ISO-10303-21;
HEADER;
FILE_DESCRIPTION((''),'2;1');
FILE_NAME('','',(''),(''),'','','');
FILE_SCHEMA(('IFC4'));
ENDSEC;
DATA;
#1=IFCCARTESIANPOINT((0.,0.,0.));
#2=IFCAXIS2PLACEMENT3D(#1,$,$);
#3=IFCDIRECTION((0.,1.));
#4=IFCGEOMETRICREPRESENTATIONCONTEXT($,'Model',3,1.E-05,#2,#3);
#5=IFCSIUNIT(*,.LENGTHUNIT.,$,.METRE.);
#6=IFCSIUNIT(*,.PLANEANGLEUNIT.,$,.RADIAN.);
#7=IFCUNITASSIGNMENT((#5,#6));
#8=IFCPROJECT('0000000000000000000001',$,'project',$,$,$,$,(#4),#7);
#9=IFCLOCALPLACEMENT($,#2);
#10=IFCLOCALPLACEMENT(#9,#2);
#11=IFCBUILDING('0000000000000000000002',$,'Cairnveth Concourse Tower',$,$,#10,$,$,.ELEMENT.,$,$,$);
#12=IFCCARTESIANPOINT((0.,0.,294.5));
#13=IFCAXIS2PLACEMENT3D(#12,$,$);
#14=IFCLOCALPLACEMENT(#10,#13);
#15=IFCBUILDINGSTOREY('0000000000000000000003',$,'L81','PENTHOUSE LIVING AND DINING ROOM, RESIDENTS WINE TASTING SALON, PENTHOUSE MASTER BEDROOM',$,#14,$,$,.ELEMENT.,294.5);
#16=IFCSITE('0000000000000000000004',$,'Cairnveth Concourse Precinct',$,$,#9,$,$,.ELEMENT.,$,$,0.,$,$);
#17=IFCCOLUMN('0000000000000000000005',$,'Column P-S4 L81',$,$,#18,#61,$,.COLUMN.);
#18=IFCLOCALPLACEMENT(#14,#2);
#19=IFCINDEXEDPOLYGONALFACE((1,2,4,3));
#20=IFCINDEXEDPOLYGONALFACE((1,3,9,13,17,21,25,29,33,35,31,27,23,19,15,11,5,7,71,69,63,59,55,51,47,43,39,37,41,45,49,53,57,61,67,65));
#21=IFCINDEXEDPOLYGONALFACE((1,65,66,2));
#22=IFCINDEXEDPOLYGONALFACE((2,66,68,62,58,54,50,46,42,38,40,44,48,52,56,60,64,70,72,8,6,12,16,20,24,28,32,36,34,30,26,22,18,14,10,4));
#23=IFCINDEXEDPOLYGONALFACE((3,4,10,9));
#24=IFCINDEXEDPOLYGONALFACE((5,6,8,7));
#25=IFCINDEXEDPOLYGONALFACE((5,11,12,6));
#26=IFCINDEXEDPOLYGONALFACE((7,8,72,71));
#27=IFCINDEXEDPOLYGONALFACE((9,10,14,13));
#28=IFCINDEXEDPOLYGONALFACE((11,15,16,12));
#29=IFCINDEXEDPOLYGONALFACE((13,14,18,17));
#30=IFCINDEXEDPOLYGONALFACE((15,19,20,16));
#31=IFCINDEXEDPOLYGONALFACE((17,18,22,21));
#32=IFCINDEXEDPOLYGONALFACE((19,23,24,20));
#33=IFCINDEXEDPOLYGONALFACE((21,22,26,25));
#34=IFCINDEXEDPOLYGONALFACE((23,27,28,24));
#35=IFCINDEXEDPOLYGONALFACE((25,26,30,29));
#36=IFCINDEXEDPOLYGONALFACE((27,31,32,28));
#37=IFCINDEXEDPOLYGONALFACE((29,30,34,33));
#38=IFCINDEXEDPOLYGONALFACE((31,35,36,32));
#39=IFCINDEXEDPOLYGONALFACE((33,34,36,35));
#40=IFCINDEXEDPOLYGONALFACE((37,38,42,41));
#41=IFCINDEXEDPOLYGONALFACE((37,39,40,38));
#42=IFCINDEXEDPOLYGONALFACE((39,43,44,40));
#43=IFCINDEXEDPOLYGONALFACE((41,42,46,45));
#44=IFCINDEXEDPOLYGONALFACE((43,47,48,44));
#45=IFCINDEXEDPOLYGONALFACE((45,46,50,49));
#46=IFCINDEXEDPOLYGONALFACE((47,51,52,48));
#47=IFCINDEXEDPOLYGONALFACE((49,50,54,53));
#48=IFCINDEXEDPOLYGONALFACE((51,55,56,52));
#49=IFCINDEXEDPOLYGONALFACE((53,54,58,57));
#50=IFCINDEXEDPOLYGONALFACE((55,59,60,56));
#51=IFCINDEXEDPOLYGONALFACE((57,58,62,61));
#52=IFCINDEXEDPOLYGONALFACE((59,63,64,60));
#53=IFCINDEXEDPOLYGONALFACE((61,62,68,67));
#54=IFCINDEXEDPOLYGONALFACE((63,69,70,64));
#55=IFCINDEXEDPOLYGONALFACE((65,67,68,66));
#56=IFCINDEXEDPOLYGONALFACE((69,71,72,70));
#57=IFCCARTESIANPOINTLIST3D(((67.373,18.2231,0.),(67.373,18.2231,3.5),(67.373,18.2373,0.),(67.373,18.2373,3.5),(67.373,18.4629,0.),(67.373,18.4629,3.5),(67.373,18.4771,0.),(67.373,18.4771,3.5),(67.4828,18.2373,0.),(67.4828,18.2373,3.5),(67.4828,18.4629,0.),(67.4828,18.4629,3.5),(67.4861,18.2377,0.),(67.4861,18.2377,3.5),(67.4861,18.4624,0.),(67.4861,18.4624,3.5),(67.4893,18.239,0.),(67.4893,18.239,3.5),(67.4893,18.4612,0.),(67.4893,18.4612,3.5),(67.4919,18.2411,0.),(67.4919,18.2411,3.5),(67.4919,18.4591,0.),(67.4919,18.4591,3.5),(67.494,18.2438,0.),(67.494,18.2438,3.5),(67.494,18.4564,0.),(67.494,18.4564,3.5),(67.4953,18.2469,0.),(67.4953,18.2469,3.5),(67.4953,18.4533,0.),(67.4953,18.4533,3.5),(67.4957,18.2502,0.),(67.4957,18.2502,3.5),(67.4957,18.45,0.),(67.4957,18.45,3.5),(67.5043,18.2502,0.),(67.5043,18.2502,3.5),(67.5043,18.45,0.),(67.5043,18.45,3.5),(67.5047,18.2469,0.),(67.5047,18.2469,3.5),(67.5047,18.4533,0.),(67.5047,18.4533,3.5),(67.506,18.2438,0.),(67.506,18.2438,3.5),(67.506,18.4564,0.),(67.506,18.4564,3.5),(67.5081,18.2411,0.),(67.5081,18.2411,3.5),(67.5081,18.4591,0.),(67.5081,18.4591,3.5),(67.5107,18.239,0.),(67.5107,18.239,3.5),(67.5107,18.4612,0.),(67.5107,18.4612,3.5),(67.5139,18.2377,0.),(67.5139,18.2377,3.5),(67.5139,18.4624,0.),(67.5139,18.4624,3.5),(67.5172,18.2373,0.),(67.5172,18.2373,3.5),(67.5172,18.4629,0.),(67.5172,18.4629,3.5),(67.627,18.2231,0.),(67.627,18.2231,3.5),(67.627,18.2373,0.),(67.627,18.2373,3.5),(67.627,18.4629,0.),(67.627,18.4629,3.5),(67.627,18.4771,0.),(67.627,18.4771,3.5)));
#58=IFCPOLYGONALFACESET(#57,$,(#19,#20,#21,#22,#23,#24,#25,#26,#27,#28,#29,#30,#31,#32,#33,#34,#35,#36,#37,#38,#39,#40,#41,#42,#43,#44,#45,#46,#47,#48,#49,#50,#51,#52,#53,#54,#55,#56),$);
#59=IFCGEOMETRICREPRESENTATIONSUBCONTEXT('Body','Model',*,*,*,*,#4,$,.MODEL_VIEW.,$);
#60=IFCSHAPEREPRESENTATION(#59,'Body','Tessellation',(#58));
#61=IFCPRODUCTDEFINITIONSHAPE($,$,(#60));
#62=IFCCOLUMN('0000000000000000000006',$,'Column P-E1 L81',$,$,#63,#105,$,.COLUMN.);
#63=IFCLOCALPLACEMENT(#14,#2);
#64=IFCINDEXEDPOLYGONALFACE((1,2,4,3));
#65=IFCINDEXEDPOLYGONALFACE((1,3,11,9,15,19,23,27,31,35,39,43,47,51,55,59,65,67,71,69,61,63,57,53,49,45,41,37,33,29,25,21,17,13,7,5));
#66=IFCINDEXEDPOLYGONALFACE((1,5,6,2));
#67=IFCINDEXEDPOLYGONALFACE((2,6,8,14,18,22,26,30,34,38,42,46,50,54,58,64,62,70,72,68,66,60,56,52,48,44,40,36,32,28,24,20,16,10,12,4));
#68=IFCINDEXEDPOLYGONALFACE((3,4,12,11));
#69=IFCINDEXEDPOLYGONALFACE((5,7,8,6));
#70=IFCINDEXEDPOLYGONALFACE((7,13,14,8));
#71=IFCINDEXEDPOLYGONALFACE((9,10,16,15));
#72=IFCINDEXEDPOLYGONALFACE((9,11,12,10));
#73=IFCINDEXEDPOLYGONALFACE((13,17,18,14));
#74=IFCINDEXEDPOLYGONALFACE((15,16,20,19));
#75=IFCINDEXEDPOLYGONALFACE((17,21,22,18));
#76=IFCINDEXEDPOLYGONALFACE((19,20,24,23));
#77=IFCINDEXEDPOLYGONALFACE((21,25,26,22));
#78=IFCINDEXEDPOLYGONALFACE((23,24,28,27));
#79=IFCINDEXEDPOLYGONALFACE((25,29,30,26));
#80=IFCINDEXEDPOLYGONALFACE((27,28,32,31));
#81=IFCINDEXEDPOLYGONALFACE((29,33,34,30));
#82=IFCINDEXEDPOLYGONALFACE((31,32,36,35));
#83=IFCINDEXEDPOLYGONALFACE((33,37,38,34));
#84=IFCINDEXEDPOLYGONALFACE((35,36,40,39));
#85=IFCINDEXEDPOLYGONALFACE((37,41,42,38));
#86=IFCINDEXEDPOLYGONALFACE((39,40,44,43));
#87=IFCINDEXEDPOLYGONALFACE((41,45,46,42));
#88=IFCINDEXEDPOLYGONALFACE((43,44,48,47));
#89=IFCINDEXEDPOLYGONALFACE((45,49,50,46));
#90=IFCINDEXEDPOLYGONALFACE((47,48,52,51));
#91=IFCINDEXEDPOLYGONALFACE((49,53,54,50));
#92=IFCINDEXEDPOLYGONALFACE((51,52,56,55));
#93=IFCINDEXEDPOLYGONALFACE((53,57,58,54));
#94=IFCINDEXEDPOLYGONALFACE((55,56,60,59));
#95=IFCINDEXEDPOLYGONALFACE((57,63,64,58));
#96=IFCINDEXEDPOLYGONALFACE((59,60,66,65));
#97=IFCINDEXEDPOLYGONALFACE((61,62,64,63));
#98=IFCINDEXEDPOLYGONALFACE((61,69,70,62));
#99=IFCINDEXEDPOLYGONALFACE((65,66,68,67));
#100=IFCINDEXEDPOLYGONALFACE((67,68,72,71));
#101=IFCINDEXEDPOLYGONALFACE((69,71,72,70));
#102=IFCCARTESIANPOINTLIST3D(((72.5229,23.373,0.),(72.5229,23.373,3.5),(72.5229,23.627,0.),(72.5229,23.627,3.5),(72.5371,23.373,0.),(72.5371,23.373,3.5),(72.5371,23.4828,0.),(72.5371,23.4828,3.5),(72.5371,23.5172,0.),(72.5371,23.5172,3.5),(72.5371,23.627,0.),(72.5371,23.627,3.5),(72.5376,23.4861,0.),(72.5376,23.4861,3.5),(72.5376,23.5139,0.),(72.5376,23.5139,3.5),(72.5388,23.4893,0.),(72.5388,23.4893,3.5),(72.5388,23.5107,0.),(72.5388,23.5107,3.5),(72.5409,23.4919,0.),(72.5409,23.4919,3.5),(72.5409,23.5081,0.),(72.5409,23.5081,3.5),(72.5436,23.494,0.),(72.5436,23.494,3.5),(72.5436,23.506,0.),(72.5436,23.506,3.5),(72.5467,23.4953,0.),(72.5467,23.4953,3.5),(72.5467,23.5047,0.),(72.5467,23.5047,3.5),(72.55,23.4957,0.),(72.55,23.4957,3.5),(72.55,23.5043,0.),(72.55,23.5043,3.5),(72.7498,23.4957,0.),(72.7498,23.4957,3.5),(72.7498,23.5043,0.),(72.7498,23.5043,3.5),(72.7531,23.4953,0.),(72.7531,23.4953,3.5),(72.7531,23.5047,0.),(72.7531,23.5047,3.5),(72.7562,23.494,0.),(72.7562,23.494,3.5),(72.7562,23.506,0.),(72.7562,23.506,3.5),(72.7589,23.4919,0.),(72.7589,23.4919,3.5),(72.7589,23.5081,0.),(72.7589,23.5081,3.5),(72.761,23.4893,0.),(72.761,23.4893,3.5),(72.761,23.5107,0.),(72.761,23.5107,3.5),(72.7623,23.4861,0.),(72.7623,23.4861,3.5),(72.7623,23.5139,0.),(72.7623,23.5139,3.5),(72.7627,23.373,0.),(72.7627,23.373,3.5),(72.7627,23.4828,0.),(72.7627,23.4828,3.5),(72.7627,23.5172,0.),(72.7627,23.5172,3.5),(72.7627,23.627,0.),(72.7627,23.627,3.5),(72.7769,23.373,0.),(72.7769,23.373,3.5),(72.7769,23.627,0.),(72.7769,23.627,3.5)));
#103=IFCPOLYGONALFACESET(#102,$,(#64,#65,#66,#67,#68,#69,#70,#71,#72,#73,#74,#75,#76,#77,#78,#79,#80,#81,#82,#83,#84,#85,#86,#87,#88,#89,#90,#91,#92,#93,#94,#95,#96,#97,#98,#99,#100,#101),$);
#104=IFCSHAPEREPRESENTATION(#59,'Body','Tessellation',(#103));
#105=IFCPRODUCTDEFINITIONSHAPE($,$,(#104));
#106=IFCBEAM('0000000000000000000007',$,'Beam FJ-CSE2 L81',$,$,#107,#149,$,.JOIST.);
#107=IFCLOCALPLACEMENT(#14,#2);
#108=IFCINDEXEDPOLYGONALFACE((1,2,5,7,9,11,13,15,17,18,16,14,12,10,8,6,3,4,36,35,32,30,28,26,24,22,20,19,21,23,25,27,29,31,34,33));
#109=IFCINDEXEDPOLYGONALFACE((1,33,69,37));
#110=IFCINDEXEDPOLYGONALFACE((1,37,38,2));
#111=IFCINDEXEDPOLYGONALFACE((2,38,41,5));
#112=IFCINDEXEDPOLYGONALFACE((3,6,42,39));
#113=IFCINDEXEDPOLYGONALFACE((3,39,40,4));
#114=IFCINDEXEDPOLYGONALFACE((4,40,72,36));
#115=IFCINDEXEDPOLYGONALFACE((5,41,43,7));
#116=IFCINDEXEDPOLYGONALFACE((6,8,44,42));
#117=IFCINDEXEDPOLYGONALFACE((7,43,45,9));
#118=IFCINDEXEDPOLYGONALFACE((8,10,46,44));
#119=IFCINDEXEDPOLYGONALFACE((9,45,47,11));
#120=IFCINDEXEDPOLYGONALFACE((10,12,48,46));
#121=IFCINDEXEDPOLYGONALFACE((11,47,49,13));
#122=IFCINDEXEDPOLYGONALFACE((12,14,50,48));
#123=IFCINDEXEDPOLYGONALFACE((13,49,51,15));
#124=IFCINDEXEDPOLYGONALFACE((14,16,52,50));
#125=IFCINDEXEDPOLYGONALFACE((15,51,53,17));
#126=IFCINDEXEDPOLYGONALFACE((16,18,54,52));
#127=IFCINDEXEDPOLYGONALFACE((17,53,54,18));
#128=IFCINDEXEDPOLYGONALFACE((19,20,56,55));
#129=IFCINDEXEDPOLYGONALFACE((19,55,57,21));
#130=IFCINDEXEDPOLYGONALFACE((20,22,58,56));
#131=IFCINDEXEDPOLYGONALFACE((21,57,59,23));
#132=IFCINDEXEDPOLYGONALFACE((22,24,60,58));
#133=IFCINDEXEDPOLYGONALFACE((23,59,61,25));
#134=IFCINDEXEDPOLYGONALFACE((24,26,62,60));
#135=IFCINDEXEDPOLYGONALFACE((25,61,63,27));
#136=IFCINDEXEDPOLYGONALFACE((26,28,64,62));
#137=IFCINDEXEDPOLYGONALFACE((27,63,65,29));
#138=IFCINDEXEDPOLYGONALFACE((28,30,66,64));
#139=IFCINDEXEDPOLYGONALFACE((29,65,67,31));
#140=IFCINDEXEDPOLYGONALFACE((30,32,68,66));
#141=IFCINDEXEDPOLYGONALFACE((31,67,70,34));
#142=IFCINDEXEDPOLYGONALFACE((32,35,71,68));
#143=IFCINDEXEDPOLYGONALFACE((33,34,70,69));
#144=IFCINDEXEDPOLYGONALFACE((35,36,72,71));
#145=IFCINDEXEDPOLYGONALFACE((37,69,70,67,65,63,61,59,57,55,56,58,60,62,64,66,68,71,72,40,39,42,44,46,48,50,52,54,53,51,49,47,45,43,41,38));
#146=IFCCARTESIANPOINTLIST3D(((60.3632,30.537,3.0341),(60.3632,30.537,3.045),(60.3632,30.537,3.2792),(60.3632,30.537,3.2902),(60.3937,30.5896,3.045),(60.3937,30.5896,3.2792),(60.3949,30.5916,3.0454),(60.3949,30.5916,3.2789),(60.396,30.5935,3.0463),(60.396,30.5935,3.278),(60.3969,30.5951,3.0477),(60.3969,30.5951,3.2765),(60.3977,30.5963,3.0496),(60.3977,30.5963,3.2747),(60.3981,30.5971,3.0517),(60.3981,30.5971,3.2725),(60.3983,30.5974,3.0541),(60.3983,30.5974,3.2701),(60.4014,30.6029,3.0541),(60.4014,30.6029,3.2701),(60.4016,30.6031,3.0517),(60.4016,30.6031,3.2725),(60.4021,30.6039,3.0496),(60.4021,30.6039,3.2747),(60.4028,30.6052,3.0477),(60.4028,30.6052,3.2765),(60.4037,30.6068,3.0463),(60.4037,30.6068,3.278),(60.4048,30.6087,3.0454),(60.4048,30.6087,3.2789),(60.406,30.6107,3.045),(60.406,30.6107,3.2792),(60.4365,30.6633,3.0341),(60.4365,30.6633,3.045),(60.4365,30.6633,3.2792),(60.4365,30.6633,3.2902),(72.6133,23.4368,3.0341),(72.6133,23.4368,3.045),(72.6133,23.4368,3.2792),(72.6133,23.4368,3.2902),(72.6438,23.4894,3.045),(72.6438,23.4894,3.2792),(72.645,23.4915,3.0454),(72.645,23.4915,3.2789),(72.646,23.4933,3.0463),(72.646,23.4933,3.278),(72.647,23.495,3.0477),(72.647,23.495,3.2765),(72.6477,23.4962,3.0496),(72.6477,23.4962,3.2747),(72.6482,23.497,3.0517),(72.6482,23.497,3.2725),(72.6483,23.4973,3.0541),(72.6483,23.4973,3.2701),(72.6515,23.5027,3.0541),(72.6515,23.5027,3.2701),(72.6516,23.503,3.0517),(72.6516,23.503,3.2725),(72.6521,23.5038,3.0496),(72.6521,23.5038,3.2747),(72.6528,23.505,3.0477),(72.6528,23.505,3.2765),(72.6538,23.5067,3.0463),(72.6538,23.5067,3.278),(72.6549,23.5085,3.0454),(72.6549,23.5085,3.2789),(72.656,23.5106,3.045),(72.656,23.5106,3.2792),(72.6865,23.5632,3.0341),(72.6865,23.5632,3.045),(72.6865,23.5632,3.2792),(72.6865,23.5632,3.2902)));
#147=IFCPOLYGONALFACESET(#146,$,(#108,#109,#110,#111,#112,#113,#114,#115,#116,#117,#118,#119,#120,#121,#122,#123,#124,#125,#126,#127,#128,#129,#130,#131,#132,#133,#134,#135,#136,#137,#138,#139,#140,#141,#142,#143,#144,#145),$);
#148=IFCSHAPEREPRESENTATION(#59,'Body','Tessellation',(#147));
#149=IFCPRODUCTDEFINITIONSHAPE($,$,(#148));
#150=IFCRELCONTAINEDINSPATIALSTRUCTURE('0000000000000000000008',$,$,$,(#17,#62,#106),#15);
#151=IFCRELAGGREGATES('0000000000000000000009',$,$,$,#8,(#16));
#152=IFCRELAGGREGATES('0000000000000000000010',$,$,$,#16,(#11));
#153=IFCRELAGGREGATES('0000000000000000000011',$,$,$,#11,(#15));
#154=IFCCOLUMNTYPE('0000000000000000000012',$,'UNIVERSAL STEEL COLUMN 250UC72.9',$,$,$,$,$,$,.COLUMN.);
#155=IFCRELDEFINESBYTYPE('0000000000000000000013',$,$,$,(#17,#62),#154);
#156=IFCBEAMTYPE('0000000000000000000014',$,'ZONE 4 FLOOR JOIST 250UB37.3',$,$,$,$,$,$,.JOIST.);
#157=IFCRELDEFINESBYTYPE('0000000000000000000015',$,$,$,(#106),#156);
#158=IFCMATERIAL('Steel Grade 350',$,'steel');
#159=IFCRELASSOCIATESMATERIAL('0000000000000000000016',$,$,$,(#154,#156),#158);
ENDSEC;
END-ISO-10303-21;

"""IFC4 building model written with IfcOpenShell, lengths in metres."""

from ifc_helpers import new_model, si_unit, direction, frame, origin, origin_2d, place, context, subcontext, project, spatial, i_section, extrude, material, material_profile, profile_set, type_object, element, save


model = new_model("IFC4")

# Units and contexts
model_context = context("Model", 3, precision=1e-05, world=origin(), true_north=direction((0.0, 1.0)))
body_context = subcontext(model_context, "Body", "Model", "MODEL_VIEW")
ifc_project = project(units=[si_unit("LENGTHUNIT", "METRE"), si_unit("PLANEANGLEUNIT", "RADIAN")], contexts=[model_context])

# Site, building, storey
site_placement = place(None, origin())
site = spatial("IfcSite", under=ifc_project, at=site_placement, Name="Cairnveth Concourse Precinct", CompositionType="ELEMENT", RefElevation=0.0)
building_placement = place(site_placement, origin())
building = spatial("IfcBuilding", under=site, at=building_placement, Name="Cairnveth Concourse Tower", CompositionType="ELEMENT")
storey_placement = place(building_placement, frame((0.0, 0.0, 294.5)))
storey = spatial("IfcBuildingStorey", under=building, at=storey_placement, Name="L81", Description="PENTHOUSE LIVING AND DINING ROOM, RESIDENTS WINE TASTING SALON, PENTHOUSE MASTER BEDROOM", CompositionType="ELEMENT", Elevation=294.5)

# Columns
ifc_material_1 = material(Name="Steel Grade 350", Category="steel")
ifc_material_profile_1 = material_profile(ifc_material_1, i_section(OverallWidth=0.2539, OverallDepth=0.2539, WebThickness=0.0085, FlangeThickness=0.0142, FilletRadius=0.0129, at=origin_2d()), Name="250UC72.9")
ifc_profile_set_1 = profile_set([ifc_material_profile_1], Name="Steel Grade 350")
column_type = type_object("IfcColumnType", Name="UNIVERSAL STEEL COLUMN 250UC72.9", PredefinedType="COLUMN", material=ifc_profile_set_1)
for number, where, z_axis, x_axis, name in (
    (1, (67.5, 18.3501, 0.0), (0.0, 0.0, 1.0), (1.0, 0.0, 0.0), "Column P-S4 L81"),
    (2, (72.6499, 23.5, 0.0), (0.0, 0.0, 1.0), (0.0, 1.0, 0.0), "Column P-E1 L81"),
):
    element("IfcColumn", number, at=place(storey_placement, frame(where, z_axis=z_axis, x_axis=x_axis)), inside=storey, type_object=column_type, Name=name, PredefinedType="COLUMN", context=body_context, shape_type="SweptSolid", body=[
        extrude(i_section(OverallWidth=0.2539, OverallDepth=0.2539, WebThickness=0.0085, FlangeThickness=0.0142, FilletRadius=0.0129, at=origin_2d()), origin(), (0.0, 0.0, 1.0), 3.5),
    ])

# Beam
ifc_material_profile_2 = material_profile(ifc_material_1, i_section(OverallWidth=0.146, OverallDepth=0.2561, WebThickness=0.0063, FlangeThickness=0.011, FilletRadius=0.009, at=origin_2d()), Name="250UB37.3")
ifc_profile_set_2 = profile_set([ifc_material_profile_2], Name="Steel Grade 350")
beam_type_1 = type_object("IfcBeamType", Name="ZONE 4 FLOOR JOIST 250UB37.3", PredefinedType="JOIST", material=ifc_profile_set_2)
beam_1_placement = place(storey_placement, frame((72.6499, 23.5, 3.1621), z_axis=(-0.865181, 0.501459, 0.0), x_axis=(-0.501459, -0.865181, 0.0)))
element("IfcBeam", 3, at=beam_1_placement, inside=storey, type_object=beam_type_1, Name="Beam FJ-CSE2 L81", PredefinedType="JOIST", context=body_context, shape_type="SweptSolid", body=[
    extrude(i_section(OverallWidth=0.146, OverallDepth=0.2561, WebThickness=0.0063, FlangeThickness=0.011, FilletRadius=0.009, at=origin_2d()), origin(), (0.0, 0.0, 1.0), 14.1589),
])

save(model, "model.ifc")
